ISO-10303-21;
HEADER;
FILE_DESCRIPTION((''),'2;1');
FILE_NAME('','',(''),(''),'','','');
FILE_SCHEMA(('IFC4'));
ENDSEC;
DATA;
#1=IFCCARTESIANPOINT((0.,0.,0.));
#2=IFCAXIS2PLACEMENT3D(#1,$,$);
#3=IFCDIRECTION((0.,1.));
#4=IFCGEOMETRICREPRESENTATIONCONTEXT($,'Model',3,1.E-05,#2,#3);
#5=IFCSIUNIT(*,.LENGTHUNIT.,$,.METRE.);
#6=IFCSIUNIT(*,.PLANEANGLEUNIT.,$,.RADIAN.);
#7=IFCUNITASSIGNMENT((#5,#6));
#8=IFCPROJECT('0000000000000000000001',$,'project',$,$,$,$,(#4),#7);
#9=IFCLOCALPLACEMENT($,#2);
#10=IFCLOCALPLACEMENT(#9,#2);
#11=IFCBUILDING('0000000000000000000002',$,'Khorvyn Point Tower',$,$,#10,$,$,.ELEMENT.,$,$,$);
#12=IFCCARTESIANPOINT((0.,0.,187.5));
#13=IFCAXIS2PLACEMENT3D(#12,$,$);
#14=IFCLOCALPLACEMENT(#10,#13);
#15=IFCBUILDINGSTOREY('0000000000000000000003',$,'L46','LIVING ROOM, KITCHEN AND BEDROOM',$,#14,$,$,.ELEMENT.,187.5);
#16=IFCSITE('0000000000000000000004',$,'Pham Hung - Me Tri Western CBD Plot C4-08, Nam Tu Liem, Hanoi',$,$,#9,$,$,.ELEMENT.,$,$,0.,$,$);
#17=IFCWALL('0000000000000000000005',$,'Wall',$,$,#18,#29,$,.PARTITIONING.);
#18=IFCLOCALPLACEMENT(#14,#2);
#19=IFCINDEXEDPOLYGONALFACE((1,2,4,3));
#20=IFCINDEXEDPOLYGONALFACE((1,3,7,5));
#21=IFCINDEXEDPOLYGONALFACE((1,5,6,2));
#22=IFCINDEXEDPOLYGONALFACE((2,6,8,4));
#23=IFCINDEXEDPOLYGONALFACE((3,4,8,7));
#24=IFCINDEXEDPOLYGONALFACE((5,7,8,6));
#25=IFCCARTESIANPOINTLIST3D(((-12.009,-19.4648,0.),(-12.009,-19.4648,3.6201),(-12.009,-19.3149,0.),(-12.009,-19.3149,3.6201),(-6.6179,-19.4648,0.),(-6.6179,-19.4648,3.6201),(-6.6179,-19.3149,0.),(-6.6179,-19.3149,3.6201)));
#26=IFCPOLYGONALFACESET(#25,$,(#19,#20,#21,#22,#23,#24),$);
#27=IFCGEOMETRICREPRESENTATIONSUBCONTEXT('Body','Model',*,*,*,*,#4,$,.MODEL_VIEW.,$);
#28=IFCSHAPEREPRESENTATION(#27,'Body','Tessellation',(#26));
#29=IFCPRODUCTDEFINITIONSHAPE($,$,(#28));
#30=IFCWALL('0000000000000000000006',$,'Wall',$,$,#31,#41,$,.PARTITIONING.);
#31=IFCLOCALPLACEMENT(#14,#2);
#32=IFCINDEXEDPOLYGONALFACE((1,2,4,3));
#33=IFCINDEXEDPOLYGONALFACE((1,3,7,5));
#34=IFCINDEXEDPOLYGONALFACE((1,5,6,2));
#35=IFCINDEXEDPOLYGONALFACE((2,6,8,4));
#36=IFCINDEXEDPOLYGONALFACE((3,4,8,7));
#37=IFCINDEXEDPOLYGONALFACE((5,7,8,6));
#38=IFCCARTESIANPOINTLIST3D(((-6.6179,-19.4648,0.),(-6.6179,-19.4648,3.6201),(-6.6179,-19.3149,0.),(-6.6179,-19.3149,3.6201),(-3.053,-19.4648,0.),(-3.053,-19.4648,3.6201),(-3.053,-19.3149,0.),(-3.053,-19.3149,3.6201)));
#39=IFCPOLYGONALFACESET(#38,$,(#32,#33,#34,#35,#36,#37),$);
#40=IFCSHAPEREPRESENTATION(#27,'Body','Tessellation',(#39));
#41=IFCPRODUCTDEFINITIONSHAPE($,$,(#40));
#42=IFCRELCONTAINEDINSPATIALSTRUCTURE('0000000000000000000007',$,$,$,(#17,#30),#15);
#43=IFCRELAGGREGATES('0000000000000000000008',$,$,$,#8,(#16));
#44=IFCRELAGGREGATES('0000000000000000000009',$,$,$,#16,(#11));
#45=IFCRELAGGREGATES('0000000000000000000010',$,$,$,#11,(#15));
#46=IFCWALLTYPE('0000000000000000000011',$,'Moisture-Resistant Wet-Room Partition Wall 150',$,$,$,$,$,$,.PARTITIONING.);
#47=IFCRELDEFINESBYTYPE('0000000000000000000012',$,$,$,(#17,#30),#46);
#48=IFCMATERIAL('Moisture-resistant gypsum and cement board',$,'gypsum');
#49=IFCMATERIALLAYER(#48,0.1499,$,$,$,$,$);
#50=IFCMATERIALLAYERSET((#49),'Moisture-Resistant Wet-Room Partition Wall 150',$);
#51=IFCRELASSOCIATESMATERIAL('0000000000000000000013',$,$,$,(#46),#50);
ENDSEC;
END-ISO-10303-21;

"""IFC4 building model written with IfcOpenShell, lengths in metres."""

from ifc_helpers import new_model, si_unit, direction, frame, frame_2d, origin, place, context, subcontext, project, spatial, rectangle, extrude, material, layer, layer_set, type_object, element, save


model = new_model("IFC4")

# Units and contexts
model_context = context("Model", 3, precision=1e-05, world=origin(), true_north=direction((0.0, 1.0)))
body_context = subcontext(model_context, "Body", "Model", "MODEL_VIEW")
ifc_project = project(units=[si_unit("LENGTHUNIT", "METRE"), si_unit("PLANEANGLEUNIT", "RADIAN")], contexts=[model_context])

# Site, building, storey
site_placement = place(None, origin())
site = spatial("IfcSite", under=ifc_project, at=site_placement, Name="Pham Hung - Me Tri Western CBD Plot C4-08, Nam Tu Liem, Hanoi", CompositionType="ELEMENT", RefElevation=0.0)
building_placement = place(site_placement, origin())
building = spatial("IfcBuilding", under=site, at=building_placement, Name="Khorvyn Point Tower", CompositionType="ELEMENT")
storey_placement = place(building_placement, frame((0.0, 0.0, 187.5)))
storey = spatial("IfcBuildingStorey", under=building, at=storey_placement, Name="L46", Description="LIVING ROOM, KITCHEN AND BEDROOM", CompositionType="ELEMENT", Elevation=187.5)

# Shared definitions
ifc_material_1 = material(Name="Moisture-resistant gypsum and cement board", Category="gypsum")
ifc_layer_1 = layer(ifc_material_1, 0.1499)
ifc_layer_set_1 = layer_set([ifc_layer_1], Name="Moisture-Resistant Wet-Room Partition Wall 150")
wall_type_1 = type_object("IfcWallType", Name="Moisture-Resistant Wet-Room Partition Wall 150", PredefinedType="PARTITIONING", material=ifc_layer_set_1)

# Walls
for number, where, z_axis, x_axis, name in (
    (1, (-12.009, -19.3899, 0.0), (0.0, 0.0, 1.0), (1.0, 0.0, 0.0), "Wall"),
):
    element("IfcWall", number, at=place(storey_placement, frame(where, z_axis=z_axis, x_axis=x_axis)), inside=storey, type_object=wall_type_1, Name=name, PredefinedType="PARTITIONING", context=body_context, shape_type="SweptSolid", body=[
        extrude(rectangle(XDim=5.3911, YDim=0.1499, at=frame_2d((2.6956, 0.0))), origin(), (0.0, 0.0, 1.0), 3.6201),
    ])
wall_1_placement = place(storey_placement, frame((-6.6179, -19.3899, 0.0), z_axis=(0.0, 0.0, 1.0), x_axis=(1.0, 0.0, 0.0)))
element("IfcWall", 2, at=wall_1_placement, inside=storey, type_object=wall_type_1, Name="Wall", PredefinedType="PARTITIONING", context=body_context, shape_type="SweptSolid", body=[
    extrude(rectangle(XDim=3.5649, YDim=0.1499, at=frame_2d((1.7825, 0.0))), origin(), (0.0, 0.0, 1.0), 3.6201),
])

save(model, "model.ifc")
